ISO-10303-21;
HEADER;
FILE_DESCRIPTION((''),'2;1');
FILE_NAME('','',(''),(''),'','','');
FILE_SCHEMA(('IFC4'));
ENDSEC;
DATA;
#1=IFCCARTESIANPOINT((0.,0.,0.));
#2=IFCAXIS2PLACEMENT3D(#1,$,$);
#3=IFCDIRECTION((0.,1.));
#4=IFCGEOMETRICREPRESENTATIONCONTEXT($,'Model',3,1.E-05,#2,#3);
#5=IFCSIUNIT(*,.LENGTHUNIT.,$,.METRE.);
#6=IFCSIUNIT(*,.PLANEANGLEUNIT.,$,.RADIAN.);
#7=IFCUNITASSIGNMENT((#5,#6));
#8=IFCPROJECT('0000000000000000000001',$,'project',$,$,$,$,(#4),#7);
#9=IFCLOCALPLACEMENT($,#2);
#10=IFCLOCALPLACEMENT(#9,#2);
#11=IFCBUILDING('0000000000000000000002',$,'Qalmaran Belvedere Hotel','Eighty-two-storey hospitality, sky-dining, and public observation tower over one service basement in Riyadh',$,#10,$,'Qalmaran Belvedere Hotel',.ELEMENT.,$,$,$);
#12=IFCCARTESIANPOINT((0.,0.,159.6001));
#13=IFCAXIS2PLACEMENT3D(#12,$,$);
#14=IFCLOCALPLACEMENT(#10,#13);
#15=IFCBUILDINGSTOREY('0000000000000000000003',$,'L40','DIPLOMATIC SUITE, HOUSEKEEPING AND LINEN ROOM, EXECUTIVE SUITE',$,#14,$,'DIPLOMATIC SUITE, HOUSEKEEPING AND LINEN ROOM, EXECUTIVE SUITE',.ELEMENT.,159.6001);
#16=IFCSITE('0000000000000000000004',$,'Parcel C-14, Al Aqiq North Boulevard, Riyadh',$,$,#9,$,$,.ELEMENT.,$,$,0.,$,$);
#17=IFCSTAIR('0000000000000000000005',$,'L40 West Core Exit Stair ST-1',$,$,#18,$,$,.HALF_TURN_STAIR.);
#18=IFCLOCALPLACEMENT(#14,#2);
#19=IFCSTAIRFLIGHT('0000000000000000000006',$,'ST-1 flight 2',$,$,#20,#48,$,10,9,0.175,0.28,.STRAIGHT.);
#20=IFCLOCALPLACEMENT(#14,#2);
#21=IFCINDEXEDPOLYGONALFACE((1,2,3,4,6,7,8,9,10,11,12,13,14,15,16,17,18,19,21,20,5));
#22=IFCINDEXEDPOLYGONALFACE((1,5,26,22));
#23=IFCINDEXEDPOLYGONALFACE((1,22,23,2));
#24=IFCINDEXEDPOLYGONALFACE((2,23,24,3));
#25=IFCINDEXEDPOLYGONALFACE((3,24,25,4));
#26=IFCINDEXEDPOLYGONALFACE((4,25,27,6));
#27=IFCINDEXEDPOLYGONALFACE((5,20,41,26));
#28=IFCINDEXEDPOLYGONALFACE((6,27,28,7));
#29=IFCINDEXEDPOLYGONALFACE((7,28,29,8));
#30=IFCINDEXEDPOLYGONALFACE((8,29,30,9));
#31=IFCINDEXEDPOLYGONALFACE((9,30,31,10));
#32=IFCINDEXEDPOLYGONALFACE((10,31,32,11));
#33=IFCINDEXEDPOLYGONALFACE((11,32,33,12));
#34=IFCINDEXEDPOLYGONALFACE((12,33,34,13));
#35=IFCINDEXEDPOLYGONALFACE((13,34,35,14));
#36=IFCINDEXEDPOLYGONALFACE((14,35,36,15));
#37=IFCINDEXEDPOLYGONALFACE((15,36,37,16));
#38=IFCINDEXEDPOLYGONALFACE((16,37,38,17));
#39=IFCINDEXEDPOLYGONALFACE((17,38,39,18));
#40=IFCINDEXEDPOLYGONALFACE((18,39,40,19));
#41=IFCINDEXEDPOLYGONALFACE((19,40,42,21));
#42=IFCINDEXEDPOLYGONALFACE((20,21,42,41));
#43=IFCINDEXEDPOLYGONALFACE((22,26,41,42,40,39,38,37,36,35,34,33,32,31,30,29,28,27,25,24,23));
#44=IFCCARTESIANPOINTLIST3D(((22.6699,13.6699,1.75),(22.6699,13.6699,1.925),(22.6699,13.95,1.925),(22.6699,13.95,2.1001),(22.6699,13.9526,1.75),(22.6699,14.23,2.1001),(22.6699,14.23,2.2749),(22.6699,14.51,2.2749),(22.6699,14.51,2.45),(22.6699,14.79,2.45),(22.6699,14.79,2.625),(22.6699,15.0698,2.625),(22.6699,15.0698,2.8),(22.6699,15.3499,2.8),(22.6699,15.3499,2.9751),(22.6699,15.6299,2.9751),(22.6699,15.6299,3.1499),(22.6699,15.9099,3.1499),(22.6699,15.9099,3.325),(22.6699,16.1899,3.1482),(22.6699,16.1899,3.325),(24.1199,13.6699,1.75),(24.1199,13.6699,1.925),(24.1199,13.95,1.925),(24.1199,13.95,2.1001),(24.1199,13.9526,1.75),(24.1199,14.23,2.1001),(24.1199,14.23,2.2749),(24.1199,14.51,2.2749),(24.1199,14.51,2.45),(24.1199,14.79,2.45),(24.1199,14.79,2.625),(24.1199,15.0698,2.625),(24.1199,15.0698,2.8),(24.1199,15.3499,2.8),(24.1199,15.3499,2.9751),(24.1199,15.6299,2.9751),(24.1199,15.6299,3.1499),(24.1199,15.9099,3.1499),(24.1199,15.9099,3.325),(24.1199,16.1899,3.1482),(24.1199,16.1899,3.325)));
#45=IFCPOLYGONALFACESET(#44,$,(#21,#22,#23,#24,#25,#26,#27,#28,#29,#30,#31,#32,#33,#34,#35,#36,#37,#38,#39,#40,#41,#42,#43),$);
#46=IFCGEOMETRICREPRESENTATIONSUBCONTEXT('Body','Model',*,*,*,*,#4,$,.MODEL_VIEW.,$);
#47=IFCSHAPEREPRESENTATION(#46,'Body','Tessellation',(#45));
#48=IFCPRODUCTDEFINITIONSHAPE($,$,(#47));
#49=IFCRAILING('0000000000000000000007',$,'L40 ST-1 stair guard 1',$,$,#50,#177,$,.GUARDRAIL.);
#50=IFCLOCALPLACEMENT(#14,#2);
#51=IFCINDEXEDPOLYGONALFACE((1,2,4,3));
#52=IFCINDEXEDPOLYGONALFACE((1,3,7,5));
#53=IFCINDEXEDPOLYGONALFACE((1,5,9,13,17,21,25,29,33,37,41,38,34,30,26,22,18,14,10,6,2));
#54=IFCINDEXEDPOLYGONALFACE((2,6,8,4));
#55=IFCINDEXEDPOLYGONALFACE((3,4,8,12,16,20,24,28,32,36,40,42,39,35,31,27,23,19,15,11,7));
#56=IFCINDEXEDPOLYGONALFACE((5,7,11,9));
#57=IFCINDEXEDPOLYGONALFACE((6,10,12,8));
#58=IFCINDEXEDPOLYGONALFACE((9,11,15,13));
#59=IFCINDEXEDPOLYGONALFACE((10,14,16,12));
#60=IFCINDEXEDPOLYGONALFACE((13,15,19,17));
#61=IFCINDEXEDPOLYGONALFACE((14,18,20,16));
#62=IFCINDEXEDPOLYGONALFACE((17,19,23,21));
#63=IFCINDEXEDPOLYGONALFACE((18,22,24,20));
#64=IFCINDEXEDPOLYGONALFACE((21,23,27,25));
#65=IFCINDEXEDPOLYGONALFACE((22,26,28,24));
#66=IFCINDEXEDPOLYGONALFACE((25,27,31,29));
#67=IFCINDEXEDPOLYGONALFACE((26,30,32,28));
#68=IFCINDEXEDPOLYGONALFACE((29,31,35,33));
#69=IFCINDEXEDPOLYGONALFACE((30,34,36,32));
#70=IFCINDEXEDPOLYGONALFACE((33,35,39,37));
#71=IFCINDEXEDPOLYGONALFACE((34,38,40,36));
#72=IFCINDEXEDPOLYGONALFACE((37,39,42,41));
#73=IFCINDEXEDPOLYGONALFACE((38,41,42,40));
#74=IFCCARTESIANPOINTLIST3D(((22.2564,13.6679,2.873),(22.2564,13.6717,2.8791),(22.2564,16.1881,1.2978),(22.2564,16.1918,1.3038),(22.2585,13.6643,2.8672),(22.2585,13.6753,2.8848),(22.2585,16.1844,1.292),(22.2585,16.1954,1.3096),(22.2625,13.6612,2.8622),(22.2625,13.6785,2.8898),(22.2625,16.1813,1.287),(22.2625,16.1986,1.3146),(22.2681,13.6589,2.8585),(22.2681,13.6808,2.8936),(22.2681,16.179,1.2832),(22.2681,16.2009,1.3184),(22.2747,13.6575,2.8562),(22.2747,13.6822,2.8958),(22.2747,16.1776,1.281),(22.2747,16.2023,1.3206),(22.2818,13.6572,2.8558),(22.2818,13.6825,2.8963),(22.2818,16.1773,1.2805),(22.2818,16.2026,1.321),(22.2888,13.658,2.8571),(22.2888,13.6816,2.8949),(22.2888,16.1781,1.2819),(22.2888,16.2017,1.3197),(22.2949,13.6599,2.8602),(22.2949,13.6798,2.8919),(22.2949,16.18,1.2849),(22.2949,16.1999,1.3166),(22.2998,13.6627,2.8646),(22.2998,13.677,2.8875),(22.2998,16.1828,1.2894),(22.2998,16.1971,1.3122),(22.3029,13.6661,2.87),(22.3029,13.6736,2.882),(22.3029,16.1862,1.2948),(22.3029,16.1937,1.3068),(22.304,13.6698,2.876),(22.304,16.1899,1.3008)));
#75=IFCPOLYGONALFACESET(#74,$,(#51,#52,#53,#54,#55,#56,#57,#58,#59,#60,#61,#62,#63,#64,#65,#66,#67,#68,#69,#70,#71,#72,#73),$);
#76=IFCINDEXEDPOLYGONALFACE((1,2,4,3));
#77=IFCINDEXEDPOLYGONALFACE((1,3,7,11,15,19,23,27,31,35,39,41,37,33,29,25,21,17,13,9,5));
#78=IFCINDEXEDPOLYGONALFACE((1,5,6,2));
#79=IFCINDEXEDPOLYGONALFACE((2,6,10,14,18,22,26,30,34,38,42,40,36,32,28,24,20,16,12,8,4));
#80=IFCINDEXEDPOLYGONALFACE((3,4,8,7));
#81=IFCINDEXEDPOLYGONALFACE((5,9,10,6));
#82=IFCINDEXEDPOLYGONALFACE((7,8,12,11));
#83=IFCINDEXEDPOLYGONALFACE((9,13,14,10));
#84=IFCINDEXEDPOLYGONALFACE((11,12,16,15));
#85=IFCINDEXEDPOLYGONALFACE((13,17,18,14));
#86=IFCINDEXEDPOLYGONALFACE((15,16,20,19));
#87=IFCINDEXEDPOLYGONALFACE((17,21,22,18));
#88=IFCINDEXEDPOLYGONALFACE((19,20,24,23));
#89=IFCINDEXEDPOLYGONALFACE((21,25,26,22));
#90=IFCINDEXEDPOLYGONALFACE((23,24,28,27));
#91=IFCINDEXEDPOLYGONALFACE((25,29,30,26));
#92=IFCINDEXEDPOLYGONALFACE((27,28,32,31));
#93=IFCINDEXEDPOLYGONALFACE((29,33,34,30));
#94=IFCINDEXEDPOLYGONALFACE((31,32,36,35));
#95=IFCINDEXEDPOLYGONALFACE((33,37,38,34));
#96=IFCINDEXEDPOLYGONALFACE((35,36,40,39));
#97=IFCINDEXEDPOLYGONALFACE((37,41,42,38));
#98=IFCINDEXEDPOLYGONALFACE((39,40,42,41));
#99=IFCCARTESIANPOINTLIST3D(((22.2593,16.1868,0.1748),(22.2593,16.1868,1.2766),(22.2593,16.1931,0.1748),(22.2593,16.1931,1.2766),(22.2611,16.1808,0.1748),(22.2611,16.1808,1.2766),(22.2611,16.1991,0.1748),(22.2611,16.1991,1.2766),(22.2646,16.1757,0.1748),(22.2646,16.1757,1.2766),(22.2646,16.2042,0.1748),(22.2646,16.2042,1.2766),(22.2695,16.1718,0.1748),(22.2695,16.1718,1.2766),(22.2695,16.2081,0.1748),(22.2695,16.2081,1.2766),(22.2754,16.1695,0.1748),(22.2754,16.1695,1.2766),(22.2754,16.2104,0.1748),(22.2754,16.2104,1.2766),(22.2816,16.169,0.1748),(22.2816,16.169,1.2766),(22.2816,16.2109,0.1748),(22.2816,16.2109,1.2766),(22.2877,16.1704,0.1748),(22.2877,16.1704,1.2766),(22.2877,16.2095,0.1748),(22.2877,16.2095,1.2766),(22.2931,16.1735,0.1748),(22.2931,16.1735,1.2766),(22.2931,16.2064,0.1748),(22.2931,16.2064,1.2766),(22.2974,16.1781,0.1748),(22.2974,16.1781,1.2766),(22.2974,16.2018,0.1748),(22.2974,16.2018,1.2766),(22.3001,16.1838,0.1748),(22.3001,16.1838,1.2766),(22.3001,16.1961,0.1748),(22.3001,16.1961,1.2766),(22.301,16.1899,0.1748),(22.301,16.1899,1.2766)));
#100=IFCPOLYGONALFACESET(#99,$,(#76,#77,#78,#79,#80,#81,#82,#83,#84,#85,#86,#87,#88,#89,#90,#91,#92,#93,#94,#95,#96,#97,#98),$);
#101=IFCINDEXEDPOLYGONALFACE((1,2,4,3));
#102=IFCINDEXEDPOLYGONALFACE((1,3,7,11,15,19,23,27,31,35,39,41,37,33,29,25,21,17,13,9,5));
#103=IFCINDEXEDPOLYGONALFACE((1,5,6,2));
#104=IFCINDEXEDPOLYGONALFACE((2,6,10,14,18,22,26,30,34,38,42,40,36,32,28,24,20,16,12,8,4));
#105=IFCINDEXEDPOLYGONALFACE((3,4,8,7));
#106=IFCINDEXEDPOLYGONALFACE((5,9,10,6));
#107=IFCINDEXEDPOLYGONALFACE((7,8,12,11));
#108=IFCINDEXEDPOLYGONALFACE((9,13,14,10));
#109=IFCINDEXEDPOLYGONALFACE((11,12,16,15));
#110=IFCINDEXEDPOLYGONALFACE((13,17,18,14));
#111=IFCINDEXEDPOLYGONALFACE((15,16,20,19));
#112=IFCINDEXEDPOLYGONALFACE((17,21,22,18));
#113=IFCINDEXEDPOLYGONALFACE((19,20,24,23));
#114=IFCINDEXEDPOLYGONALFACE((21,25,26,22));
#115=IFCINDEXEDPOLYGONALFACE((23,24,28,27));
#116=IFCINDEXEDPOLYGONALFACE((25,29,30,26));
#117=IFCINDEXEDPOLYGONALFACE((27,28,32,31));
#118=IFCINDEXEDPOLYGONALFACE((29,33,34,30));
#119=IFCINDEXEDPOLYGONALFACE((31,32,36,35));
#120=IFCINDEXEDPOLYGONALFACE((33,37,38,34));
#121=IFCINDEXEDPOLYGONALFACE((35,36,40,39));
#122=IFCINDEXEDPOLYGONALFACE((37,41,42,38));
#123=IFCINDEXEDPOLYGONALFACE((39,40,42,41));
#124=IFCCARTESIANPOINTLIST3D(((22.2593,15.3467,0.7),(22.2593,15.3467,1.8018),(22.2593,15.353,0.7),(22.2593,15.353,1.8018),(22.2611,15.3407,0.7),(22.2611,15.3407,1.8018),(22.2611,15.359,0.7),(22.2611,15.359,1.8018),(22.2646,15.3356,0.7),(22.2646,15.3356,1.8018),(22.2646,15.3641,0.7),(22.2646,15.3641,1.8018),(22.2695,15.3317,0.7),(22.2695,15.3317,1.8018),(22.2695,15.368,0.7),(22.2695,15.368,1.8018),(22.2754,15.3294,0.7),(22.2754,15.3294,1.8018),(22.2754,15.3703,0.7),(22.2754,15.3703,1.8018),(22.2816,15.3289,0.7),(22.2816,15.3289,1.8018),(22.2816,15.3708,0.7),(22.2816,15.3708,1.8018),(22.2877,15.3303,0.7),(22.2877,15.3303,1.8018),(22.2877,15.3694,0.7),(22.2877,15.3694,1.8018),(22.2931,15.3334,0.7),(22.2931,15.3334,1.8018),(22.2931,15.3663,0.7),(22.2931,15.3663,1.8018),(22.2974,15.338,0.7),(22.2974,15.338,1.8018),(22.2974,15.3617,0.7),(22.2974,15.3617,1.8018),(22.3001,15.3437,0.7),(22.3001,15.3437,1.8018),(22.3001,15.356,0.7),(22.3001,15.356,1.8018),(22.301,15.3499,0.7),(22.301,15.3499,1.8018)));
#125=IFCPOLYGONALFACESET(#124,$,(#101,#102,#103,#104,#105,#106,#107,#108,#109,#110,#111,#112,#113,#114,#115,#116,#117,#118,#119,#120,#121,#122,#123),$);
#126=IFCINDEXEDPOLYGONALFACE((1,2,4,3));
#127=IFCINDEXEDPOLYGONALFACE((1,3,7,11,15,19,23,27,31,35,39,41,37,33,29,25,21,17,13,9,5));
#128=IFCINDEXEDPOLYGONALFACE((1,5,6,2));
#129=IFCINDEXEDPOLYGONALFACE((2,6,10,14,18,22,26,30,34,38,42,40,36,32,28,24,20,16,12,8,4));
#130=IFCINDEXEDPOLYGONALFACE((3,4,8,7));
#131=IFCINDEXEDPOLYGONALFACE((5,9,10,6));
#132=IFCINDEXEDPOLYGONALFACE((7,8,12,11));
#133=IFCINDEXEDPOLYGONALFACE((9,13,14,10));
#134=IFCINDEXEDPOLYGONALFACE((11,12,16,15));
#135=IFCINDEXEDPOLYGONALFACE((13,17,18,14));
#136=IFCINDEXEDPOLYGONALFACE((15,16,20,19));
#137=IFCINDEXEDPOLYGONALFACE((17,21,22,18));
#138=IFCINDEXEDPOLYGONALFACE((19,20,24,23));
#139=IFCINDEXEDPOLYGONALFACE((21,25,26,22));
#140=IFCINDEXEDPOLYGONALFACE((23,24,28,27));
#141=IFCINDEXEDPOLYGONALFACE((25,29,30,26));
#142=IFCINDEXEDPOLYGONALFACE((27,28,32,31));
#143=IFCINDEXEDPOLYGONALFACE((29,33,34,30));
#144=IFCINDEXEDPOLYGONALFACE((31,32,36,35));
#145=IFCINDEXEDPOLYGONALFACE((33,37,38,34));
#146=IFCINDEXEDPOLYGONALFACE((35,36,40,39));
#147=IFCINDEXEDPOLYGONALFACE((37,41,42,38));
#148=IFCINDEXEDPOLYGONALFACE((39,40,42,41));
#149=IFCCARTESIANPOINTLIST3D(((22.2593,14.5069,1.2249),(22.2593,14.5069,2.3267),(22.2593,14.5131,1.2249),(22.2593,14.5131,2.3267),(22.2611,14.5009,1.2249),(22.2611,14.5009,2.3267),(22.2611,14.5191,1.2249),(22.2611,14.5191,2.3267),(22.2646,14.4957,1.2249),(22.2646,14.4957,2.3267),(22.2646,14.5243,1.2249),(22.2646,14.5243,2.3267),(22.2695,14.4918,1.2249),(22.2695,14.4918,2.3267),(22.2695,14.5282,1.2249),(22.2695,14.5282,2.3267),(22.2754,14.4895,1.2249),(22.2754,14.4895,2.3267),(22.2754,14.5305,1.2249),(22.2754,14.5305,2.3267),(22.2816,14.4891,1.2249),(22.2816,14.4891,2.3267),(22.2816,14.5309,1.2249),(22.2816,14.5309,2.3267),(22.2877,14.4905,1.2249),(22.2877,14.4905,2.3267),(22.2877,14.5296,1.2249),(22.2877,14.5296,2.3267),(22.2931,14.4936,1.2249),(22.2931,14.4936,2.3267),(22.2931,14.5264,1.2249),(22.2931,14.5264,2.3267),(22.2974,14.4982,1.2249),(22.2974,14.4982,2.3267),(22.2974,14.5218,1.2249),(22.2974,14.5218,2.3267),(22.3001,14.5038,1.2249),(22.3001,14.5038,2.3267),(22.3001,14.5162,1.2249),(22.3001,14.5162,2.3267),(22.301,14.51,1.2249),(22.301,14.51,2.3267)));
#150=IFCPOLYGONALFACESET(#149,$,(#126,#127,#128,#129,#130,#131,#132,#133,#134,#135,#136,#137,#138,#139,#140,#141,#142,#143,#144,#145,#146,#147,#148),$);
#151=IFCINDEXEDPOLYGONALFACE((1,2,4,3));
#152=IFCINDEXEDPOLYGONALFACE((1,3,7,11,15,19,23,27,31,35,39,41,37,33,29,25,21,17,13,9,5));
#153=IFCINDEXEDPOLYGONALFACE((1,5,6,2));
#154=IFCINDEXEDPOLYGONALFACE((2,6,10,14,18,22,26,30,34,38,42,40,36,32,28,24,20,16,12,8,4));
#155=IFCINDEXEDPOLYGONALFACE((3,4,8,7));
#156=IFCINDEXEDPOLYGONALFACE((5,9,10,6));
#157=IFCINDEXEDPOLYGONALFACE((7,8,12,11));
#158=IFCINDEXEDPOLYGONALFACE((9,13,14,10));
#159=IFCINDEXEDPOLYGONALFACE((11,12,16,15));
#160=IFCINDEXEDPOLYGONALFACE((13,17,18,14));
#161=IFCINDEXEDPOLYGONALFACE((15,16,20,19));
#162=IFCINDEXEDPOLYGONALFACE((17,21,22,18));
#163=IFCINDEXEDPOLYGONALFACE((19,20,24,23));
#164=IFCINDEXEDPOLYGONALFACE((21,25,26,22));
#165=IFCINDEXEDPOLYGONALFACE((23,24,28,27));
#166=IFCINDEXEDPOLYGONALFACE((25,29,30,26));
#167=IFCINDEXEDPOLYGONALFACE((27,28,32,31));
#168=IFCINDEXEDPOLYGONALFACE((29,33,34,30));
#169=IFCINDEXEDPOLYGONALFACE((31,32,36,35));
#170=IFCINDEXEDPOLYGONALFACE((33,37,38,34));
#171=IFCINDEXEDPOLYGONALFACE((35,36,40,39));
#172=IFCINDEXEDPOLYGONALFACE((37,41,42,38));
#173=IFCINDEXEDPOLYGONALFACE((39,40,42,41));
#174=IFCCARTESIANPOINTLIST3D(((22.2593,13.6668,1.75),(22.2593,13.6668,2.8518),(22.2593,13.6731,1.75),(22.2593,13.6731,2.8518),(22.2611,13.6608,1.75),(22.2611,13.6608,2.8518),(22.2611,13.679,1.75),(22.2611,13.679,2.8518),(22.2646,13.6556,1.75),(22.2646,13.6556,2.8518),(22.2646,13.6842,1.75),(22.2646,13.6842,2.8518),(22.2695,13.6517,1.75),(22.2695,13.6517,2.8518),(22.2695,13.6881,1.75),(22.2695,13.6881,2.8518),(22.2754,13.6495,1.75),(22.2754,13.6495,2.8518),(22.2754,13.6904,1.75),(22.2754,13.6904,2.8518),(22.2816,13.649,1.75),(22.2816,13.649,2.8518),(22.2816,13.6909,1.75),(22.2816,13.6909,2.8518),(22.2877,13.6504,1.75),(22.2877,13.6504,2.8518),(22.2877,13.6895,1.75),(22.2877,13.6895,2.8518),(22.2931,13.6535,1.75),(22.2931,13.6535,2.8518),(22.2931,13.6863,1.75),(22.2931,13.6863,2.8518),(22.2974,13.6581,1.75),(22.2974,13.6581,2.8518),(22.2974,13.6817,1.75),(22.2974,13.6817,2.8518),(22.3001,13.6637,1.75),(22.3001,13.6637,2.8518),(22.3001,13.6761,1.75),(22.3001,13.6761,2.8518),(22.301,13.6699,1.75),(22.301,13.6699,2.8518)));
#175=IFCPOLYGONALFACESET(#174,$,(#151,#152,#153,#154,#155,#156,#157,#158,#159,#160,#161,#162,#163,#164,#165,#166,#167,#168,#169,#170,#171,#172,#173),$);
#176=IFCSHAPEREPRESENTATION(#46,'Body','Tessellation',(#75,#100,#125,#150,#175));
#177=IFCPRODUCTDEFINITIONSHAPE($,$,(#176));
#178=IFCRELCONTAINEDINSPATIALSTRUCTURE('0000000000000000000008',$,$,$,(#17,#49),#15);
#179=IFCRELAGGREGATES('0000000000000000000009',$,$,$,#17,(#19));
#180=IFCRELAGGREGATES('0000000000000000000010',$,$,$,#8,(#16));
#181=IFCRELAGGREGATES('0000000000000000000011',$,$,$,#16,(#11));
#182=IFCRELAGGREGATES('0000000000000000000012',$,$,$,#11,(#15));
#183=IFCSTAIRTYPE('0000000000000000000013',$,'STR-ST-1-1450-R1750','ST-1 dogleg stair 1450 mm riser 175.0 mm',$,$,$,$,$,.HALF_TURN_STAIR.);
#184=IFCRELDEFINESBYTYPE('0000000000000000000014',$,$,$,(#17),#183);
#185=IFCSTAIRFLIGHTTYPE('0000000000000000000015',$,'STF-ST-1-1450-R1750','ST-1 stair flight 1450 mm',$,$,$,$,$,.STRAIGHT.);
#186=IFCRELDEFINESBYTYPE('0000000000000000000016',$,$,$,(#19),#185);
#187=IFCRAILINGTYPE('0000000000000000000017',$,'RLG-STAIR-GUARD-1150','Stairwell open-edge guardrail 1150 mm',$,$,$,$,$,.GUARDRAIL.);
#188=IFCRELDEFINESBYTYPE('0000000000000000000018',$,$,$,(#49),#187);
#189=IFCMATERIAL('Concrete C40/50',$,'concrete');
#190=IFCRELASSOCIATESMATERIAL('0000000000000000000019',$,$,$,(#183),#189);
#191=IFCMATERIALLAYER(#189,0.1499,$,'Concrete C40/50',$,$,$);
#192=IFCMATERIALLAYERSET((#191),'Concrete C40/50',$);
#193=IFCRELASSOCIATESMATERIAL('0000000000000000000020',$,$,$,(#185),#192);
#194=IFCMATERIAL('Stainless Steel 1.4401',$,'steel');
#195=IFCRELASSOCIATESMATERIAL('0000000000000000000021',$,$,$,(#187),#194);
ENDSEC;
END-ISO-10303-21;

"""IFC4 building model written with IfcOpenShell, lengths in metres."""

from ifc_helpers import new_model, si_unit, direction, frame, origin, origin_2d, place, context, subcontext, project, spatial, polyline, circle, outline, extrude, material, layer, layer_set, type_object, element, aggregate, save


model = new_model("IFC4")

# Units and contexts
model_context = context("Model", 3, precision=1e-05, world=origin(), true_north=direction((0.0, 1.0)))
body_context = subcontext(model_context, "Body", "Model", "MODEL_VIEW")
ifc_project = project(units=[si_unit("LENGTHUNIT", "METRE"), si_unit("PLANEANGLEUNIT", "RADIAN")], contexts=[model_context])

# Site, building, storey
site_placement = place(None, origin())
site = spatial("IfcSite", under=ifc_project, at=site_placement, Name="Parcel C-14, Al Aqiq North Boulevard, Riyadh", CompositionType="ELEMENT", RefElevation=0.0)
building_placement = place(site_placement, origin())
building = spatial("IfcBuilding", under=site, at=building_placement, Name="Qalmaran Belvedere Hotel", Description="Eighty-two-storey hospitality, sky-dining, and public observation tower over one service basement in Riyadh", LongName="Qalmaran Belvedere Hotel", CompositionType="ELEMENT")
storey_placement = place(building_placement, frame((0.0, 0.0, 159.6001)))
storey = spatial("IfcBuildingStorey", under=building, at=storey_placement, Name="L40", Description="DIPLOMATIC SUITE, HOUSEKEEPING AND LINEN ROOM, EXECUTIVE SUITE", LongName="DIPLOMATIC SUITE, HOUSEKEEPING AND LINEN ROOM, EXECUTIVE SUITE", CompositionType="ELEMENT", Elevation=159.6001)

# Shared definitions
ifc_material_1 = material(Name="Stainless Steel 1.4401", Category="steel")

# Stair, stair flight
ifc_material_2 = material(Name="Concrete C40/50", Category="concrete")
stair_type = type_object("IfcStairType", Name="STR-ST-1-1450-R1750", Description="ST-1 dogleg stair 1450 mm riser 175.0 mm", PredefinedType="HALF_TURN_STAIR", material=ifc_material_2)
stair_placement = place(storey_placement, origin())
stair = element("IfcStair", 1, at=stair_placement, inside=storey, type_object=stair_type, Name="L40 West Core Exit Stair ST-1", PredefinedType="HALF_TURN_STAIR")
ifc_layer_1 = layer(ifc_material_2, 0.1499, Name="Concrete C40/50")
ifc_layer_set_1 = layer_set([ifc_layer_1], Name="Concrete C40/50")
stair_flight_type = type_object("IfcStairFlightType", Name="STF-ST-1-1450-R1750", Description="ST-1 stair flight 1450 mm", PredefinedType="STRAIGHT", material=ifc_layer_set_1)
stair_flight_1_placement = place(storey_placement, frame((23.395, 13.6699, 1.75), z_axis=(0.0, 0.0, 1.0), x_axis=(0.0, 1.0, 0.0)))
stair_flight_1 = element("IfcStairFlight", 2, at=stair_flight_1_placement, type_object=stair_flight_type, Name="ST-1 flight 2", NumberOfRisers=10, NumberOfTreads=9, PredefinedType="STRAIGHT", RiserHeight=0.175, TreadLength=0.28, context=body_context, shape_type="SweptSolid", body=[
    extrude(outline(polyline([(0.0, 0.0), (0.0, 0.175), (0.28, 0.175), (0.28, 0.3501), (0.5601, 0.3501), (0.5601, 0.5249), (0.8401, 0.5249), (0.8401, 0.7), (1.1201, 0.7), (1.1201, 0.875), (1.3999, 0.875), (1.3999, 1.05), (1.6799, 1.05), (1.6799, 1.2251), (1.96, 1.2251), (1.96, 1.3999), (2.24, 1.3999), (2.24, 1.575), (2.52, 1.575), (2.52, 1.75), (2.52, 1.3982), (0.2827, 0.0), (0.0, 0.0)])), frame((0.0, 0.7251, 0.0), z_axis=(0.0, -1.0, 0.0), x_axis=(1.0, 0.0, 0.0)), (0.0, 0.0, 1.0), 1.45),
])
aggregate(stair, [stair_flight_1])

# Railing
railing_type_1 = type_object("IfcRailingType", Name="RLG-STAIR-GUARD-1150", Description="Stairwell open-edge guardrail 1150 mm", PredefinedType="GUARDRAIL", material=ifc_material_1)
railing_1_placement = place(storey_placement, frame((22.28, 16.1899, 0.1748)))
element("IfcRailing", 3, at=railing_1_placement, inside=storey, type_object=railing_type_1, Name="L40 ST-1 stair guard 1", PredefinedType="GUARDRAIL", context=body_context, shape_type="SweptSolid", body=[
    extrude(circle(Radius=0.0239, at=origin_2d()), frame((0.0, 0.0, 1.126), z_axis=(0.0, -0.847971, 0.530043), x_axis=(1.0, 0.0, 0.0)), (0.0, 0.0, 1.0), 2.9719),
    extrude(circle(Radius=0.021, at=origin_2d()), origin(), (0.0, 0.0, 1.0), 1.1018),
    extrude(circle(Radius=0.021, at=origin_2d()), frame((0.0, -0.8401, 0.5251)), (0.0, 0.0, 1.0), 1.1018),
    extrude(circle(Radius=0.021, at=origin_2d()), frame((0.0, -1.6799, 1.05)), (0.0, 0.0, 1.0), 1.1018),
    extrude(circle(Radius=0.021, at=origin_2d()), frame((0.0, -2.52, 1.5752)), (0.0, 0.0, 1.0), 1.1018),
])

save(model, "model.ifc")
